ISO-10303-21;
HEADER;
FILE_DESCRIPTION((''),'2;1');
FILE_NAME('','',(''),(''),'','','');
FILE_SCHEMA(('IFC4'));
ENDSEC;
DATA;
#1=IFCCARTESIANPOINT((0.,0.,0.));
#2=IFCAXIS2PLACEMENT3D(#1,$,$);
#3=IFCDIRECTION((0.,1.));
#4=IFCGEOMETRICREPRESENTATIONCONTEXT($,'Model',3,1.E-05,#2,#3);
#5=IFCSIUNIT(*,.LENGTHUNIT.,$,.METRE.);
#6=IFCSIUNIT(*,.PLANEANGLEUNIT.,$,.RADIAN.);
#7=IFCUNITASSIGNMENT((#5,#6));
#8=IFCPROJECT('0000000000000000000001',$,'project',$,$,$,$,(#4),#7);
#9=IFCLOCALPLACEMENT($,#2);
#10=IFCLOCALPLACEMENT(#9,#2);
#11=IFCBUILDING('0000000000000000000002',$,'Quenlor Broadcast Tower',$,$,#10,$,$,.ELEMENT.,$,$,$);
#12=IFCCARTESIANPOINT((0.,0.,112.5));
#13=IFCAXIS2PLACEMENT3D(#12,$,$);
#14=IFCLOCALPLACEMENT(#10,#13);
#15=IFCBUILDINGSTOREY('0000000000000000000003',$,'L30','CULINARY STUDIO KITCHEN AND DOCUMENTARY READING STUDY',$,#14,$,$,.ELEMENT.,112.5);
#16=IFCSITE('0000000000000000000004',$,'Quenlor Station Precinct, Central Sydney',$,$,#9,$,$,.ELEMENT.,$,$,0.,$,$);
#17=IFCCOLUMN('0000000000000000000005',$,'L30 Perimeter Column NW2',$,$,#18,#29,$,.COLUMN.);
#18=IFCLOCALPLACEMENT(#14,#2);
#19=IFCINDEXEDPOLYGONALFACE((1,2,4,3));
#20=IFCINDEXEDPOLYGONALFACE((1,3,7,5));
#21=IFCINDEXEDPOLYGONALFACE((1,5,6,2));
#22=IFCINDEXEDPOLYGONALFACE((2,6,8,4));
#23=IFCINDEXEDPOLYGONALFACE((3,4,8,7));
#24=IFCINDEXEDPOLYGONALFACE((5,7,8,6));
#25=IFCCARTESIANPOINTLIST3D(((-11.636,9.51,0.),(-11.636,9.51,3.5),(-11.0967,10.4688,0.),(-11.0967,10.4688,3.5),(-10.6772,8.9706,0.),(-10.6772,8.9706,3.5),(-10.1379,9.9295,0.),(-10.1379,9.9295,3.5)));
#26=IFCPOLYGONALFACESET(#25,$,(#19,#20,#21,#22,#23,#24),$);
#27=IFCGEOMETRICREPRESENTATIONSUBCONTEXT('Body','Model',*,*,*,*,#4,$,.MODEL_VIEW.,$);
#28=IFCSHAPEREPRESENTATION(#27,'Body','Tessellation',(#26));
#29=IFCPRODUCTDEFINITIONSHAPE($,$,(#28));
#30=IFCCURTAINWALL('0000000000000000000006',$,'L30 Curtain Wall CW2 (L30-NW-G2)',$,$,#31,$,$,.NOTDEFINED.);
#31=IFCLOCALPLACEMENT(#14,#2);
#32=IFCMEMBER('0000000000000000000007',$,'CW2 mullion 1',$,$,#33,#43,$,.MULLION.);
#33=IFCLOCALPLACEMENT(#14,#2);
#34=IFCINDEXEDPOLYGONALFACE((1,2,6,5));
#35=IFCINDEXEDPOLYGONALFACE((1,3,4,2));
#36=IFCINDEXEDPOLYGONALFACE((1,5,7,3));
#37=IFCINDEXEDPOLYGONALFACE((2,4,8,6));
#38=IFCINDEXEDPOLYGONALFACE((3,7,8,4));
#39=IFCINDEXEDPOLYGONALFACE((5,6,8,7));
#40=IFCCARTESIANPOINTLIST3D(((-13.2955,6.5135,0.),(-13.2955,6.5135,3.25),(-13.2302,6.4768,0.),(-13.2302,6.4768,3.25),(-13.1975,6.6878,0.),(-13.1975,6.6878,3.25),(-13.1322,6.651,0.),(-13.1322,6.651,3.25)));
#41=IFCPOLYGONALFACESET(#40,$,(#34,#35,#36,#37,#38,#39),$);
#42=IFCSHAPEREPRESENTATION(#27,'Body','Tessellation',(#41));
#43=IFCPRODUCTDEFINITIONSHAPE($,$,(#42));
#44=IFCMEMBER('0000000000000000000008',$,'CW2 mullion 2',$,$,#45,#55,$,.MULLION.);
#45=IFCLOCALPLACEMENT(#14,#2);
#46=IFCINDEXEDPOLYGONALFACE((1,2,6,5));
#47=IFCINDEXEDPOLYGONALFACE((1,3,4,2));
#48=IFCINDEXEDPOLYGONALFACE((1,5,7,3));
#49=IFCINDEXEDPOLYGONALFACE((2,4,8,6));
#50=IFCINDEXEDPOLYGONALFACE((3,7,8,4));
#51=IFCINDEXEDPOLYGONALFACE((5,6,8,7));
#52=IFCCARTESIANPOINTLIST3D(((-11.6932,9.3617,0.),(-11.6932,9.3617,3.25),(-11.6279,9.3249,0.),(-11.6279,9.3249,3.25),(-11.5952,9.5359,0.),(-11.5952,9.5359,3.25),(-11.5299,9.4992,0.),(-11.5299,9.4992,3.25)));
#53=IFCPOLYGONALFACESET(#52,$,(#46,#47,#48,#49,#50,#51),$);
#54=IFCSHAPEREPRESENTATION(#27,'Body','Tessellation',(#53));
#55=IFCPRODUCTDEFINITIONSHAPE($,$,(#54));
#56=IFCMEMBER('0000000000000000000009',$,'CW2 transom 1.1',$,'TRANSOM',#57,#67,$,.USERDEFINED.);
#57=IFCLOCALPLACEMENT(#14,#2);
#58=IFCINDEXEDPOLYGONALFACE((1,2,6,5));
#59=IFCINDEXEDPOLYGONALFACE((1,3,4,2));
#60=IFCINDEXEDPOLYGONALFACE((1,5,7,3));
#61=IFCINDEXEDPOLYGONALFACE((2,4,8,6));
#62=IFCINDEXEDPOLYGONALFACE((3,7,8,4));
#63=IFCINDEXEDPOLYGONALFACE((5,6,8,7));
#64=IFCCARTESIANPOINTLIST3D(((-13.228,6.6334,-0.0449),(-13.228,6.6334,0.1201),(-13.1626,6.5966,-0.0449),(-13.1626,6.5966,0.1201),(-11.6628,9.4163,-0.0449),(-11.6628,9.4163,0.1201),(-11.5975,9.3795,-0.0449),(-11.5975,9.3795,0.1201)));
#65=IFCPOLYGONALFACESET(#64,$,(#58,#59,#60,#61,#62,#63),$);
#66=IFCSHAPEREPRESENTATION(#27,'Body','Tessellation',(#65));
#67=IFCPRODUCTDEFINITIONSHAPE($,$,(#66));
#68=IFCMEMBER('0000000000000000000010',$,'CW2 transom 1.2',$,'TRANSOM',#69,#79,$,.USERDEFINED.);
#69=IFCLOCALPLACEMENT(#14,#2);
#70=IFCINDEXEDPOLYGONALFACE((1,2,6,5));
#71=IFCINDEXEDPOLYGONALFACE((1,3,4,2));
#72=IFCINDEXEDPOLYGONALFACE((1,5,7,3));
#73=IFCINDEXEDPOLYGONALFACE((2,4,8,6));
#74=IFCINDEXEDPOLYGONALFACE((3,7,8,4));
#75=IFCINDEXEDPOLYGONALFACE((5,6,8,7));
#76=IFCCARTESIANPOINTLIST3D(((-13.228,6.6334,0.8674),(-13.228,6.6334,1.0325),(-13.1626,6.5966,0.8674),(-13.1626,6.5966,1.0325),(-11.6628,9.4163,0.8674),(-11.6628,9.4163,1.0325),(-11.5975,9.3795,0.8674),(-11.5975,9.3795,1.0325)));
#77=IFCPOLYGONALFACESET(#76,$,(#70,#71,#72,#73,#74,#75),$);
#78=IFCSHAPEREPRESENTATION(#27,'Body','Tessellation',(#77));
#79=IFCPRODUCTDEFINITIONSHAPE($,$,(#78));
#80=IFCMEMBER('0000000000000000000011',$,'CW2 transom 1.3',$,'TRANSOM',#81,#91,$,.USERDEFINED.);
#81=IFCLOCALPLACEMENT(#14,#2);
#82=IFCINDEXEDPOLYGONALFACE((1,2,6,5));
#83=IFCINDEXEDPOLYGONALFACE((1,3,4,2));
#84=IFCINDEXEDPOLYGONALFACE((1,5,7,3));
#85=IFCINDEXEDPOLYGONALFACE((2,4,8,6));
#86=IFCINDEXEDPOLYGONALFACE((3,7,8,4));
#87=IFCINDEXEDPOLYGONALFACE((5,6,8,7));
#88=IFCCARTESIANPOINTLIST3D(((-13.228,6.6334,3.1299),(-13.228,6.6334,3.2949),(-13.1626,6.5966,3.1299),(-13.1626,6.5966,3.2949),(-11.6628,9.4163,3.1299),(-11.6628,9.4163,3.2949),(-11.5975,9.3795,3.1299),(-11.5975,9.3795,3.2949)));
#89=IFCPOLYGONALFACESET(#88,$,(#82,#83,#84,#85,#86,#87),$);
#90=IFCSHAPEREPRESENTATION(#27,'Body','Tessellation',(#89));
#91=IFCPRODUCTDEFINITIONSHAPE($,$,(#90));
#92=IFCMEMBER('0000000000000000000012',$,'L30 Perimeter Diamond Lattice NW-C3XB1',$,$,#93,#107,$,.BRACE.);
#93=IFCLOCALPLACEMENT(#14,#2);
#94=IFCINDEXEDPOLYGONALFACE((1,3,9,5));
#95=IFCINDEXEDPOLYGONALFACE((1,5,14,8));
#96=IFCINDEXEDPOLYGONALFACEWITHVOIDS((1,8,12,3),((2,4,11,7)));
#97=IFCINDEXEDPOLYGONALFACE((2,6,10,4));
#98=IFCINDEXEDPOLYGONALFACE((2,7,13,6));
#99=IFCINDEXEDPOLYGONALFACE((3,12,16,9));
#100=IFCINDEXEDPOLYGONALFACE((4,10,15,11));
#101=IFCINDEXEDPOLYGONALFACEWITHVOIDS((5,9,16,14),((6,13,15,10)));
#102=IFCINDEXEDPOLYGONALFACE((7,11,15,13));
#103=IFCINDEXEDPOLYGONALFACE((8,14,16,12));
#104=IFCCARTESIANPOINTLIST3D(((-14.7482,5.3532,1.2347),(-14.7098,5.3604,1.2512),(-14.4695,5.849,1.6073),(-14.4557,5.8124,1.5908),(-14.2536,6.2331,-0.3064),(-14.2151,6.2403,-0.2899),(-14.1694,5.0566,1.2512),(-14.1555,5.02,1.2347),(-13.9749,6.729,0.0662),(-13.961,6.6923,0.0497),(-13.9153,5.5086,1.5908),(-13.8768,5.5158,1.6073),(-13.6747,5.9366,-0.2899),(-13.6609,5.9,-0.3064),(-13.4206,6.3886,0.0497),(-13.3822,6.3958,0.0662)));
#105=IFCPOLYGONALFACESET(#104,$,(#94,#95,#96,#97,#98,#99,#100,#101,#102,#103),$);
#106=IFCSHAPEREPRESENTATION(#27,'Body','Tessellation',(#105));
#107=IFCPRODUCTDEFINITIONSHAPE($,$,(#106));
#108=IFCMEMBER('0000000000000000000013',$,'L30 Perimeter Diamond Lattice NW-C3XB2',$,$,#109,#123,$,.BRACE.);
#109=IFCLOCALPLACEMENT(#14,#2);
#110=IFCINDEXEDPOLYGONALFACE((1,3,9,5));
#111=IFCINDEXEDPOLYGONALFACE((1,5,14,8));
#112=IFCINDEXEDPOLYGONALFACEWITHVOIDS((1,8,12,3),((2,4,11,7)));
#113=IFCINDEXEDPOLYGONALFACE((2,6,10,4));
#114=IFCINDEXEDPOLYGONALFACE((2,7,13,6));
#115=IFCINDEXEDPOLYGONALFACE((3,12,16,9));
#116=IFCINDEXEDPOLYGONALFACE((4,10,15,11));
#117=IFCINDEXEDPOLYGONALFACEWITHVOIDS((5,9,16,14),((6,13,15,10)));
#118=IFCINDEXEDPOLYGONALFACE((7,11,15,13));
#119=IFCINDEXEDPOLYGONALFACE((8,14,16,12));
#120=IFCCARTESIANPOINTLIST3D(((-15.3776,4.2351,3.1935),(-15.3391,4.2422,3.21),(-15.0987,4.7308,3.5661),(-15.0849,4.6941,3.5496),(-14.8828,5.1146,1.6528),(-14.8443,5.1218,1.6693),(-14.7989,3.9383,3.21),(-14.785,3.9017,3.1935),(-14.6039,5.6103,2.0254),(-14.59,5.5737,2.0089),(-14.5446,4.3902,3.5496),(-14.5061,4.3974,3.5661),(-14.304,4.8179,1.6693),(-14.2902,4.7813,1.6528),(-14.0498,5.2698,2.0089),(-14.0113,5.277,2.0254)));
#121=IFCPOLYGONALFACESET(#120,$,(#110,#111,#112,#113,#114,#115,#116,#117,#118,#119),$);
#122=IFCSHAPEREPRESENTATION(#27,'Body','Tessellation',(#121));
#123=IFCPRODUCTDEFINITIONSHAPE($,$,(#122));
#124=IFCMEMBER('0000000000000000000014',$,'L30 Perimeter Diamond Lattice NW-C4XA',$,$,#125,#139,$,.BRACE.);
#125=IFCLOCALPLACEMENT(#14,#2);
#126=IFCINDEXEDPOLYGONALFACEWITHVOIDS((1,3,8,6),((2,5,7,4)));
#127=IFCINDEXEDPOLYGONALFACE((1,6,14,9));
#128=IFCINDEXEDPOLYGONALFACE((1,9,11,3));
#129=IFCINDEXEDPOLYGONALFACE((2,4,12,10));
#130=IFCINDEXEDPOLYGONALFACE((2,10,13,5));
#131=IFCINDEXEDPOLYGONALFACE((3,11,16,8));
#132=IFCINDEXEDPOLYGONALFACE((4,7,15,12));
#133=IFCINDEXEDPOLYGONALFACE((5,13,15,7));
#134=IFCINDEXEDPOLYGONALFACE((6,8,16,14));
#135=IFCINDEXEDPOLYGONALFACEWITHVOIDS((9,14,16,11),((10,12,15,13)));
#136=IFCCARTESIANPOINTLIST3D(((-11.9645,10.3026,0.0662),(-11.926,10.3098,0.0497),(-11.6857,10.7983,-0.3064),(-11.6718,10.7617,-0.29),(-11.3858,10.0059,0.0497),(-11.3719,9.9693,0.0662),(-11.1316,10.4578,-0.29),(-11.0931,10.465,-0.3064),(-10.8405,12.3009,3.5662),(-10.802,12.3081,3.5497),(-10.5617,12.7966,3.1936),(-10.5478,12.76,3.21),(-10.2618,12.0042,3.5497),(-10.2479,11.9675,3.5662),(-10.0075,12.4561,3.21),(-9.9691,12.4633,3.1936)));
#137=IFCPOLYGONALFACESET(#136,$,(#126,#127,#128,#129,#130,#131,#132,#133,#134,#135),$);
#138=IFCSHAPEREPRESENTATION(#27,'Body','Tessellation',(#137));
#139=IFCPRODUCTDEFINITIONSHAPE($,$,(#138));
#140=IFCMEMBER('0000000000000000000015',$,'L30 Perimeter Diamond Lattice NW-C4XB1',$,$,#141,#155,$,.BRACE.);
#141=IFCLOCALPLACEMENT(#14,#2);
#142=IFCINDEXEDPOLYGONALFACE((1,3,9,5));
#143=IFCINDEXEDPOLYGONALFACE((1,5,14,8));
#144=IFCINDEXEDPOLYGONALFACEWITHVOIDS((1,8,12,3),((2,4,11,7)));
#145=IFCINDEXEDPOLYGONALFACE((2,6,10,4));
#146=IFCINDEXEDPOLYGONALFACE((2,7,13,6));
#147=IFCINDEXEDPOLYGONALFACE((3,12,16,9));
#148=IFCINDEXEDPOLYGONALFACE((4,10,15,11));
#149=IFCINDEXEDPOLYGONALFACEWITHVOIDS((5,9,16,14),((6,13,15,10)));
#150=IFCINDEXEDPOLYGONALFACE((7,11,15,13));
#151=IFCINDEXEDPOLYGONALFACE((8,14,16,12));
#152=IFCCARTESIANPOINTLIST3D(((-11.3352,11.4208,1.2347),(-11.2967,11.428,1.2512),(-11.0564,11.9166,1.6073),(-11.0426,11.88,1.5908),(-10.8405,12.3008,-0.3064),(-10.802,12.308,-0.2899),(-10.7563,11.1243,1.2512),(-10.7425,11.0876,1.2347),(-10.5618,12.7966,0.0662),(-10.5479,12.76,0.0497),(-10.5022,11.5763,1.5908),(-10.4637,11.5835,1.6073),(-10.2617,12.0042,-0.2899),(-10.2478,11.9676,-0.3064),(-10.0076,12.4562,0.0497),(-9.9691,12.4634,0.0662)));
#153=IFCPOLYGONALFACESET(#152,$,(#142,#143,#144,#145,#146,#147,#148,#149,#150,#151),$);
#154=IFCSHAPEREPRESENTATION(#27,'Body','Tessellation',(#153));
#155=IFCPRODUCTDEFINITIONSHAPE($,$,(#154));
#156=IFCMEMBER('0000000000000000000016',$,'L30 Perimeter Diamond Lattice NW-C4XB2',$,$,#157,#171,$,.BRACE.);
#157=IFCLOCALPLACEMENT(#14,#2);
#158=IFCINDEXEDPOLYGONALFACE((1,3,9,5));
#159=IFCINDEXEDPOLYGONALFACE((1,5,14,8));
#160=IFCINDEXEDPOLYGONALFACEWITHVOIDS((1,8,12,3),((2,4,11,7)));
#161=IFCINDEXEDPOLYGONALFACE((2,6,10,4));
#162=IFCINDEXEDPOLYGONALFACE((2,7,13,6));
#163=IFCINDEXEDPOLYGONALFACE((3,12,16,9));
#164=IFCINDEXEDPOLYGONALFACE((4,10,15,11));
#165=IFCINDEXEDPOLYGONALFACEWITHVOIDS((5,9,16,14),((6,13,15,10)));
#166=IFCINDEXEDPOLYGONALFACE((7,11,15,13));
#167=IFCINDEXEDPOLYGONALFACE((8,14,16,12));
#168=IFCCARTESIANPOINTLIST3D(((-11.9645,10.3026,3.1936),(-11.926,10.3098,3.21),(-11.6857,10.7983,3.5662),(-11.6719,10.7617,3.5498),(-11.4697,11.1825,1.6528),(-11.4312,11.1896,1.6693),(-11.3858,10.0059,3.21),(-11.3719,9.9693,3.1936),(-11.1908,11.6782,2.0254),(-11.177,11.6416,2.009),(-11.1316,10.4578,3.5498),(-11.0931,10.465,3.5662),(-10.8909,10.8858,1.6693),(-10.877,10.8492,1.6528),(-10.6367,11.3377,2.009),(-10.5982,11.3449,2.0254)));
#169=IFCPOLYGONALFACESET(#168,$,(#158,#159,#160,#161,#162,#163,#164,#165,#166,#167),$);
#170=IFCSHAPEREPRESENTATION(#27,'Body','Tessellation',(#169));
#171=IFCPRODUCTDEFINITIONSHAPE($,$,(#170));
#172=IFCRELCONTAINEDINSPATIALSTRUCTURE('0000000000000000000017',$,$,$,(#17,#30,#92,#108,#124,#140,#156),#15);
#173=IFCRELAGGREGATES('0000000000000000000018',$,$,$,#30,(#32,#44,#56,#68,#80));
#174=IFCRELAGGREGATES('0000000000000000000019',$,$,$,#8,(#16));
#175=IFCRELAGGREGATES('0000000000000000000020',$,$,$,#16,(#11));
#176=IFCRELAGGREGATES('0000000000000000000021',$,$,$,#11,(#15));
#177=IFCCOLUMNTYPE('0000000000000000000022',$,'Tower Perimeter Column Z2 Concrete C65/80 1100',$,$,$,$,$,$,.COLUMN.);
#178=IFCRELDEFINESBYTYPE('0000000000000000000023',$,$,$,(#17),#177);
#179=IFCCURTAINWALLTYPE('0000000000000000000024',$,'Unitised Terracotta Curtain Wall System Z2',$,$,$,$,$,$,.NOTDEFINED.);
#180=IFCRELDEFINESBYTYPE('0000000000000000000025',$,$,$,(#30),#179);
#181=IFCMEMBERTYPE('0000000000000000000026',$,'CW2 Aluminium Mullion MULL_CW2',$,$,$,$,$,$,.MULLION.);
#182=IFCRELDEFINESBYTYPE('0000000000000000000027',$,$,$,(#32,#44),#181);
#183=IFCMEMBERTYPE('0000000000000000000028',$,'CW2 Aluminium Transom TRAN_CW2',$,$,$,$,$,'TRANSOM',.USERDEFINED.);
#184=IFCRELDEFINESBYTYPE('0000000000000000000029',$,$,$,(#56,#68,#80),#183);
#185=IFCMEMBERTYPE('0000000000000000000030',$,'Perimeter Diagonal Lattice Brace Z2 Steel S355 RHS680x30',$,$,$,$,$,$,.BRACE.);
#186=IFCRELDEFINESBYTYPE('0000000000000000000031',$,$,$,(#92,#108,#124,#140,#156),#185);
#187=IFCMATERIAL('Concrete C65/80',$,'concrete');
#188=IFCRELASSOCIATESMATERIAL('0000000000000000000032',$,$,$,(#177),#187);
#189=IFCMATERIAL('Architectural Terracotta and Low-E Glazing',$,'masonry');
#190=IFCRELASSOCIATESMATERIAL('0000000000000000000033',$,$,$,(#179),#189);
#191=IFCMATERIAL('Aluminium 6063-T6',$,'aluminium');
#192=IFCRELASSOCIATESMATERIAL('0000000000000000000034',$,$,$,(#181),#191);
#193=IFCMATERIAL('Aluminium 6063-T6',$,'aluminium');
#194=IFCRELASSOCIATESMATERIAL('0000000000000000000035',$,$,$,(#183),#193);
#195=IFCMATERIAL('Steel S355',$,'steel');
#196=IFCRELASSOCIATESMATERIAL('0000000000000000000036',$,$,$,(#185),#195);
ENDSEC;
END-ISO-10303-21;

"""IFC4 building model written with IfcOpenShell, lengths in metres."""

from ifc_helpers import new_model, si_unit, direction, frame, origin, origin_2d, place, context, subcontext, project, spatial, rectangle, hollow_rectangle, extrude, material, material_profile, profile_set, type_object, element, aggregate, save


model = new_model("IFC4")

# Units and contexts
model_context = context("Model", 3, precision=1e-05, world=origin(), true_north=direction((0.0, 1.0)))
body_context = subcontext(model_context, "Body", "Model", "MODEL_VIEW")
ifc_project = project(units=[si_unit("LENGTHUNIT", "METRE"), si_unit("PLANEANGLEUNIT", "RADIAN")], contexts=[model_context])

# Site, building, storey
site_placement = place(None, origin())
site = spatial("IfcSite", under=ifc_project, at=site_placement, Name="Quenlor Station Precinct, Central Sydney", CompositionType="ELEMENT", RefElevation=0.0)
building_placement = place(site_placement, origin())
building = spatial("IfcBuilding", under=site, at=building_placement, Name="Quenlor Broadcast Tower", CompositionType="ELEMENT")
storey_placement = place(building_placement, frame((0.0, 0.0, 112.5)))
storey = spatial("IfcBuildingStorey", under=building, at=storey_placement, Name="L30", Description="CULINARY STUDIO KITCHEN AND DOCUMENTARY READING STUDY", CompositionType="ELEMENT", Elevation=112.5)

# Column
ifc_material_1 = material(Name="Concrete C65/80", Category="concrete")
ifc_material_profile_1 = material_profile(ifc_material_1, rectangle(XDim=1.1001, YDim=1.1001, at=origin_2d()))
ifc_profile_set_1 = profile_set([ifc_material_profile_1], Name="Concrete C65/80 RC1100x1100")
column_type = type_object("IfcColumnType", Name="Tower Perimeter Column Z2 Concrete C65/80 1100", PredefinedType="COLUMN", material=ifc_profile_set_1)
column_placement = place(storey_placement, frame((-10.887, 9.7197, 0.0), z_axis=(0.0, 0.0, 1.0), x_axis=(-0.871575, 0.490262, 0.0)))
element("IfcColumn", 1, at=column_placement, inside=storey, type_object=column_type, Name="L30 Perimeter Column NW2", PredefinedType="COLUMN", context=body_context, shape_type="SweptSolid", body=[
    extrude(rectangle(XDim=1.1001, YDim=1.1001, at=origin_2d()), origin(), (0.0, 0.0, 1.0), 3.5),
])

# Curtain wall, members
ifc_material_2 = material(Name="Architectural Terracotta and Low-E Glazing", Category="masonry")
curtain_wall_type = type_object("IfcCurtainWallType", Name="Unitised Terracotta Curtain Wall System Z2", PredefinedType="NOTDEFINED", material=ifc_material_2)
curtain_wall_placement = place(storey_placement, origin())
curtain_wall = element("IfcCurtainWall", 2, at=curtain_wall_placement, inside=storey, type_object=curtain_wall_type, Name="L30 Curtain Wall CW2 (L30-NW-G2)", PredefinedType="NOTDEFINED")
ifc_material_3 = material(Name="Aluminium 6063-T6", Category="aluminium")
ifc_material_profile_2 = material_profile(ifc_material_3, rectangle(XDim=0.075, YDim=0.2, at=origin_2d()))
ifc_profile_set_2 = profile_set([ifc_material_profile_2], Name="Aluminium 6063-T6 MULL75x200")
member_type_1 = type_object("IfcMemberType", Name="CW2 Aluminium Mullion MULL_CW2", PredefinedType="MULLION", material=ifc_profile_set_2)
member_1_placement = place(storey_placement, frame((-13.2139, 6.5823, 0.0), z_axis=(0.0, 0.0, 1.0), x_axis=(-0.871576, 0.490261, 0.0)))
member_1 = element("IfcMember", 3, at=member_1_placement, type_object=member_type_1, Name="CW2 mullion 1", PredefinedType="MULLION", context=body_context, shape_type="SweptSolid", body=[
    extrude(rectangle(XDim=0.075, YDim=0.2, at=origin_2d()), origin(), (0.0, 0.0, 1.0), 3.25),
])
member_2_placement = place(storey_placement, frame((-11.6116, 9.4304, 0.0), z_axis=(0.0, 0.0, 1.0), x_axis=(-0.871576, 0.490261, 0.0)))
member_2 = element("IfcMember", 4, at=member_2_placement, type_object=member_type_1, Name="CW2 mullion 2", PredefinedType="MULLION", context=body_context, shape_type="SweptSolid", body=[
    extrude(rectangle(XDim=0.075, YDim=0.2, at=origin_2d()), origin(), (0.0, 0.0, 1.0), 3.25),
])
ifc_material_4 = material(Name="Aluminium 6063-T6", Category="aluminium")
ifc_material_profile_3 = material_profile(ifc_material_4, rectangle(XDim=0.075, YDim=0.165, at=origin_2d()))
ifc_profile_set_3 = profile_set([ifc_material_profile_3], Name="Aluminium 6063-T6 TRAN75x165")
member_type_2 = type_object("IfcMemberType", Name="CW2 Aluminium Transom TRAN_CW2", ElementType="TRANSOM", PredefinedType="USERDEFINED", material=ifc_profile_set_3)
member_3_placement = place(storey_placement, frame((-13.1953, 6.615, 0.0376), z_axis=(0.490207, 0.871606, 0.0), x_axis=(-0.871606, 0.490207, 0.0)))
member_3 = element("IfcMember", 5, at=member_3_placement, type_object=member_type_2, Name="CW2 transom 1.1", ObjectType="TRANSOM", PredefinedType="USERDEFINED", context=body_context, shape_type="SweptSolid", body=[
    extrude(rectangle(XDim=0.075, YDim=0.165, at=origin_2d()), origin(), (0.0, 0.0, 1.0), 3.1929),
])
member_4_placement = place(storey_placement, frame((-13.1953, 6.615, 0.95), z_axis=(0.490207, 0.871606, 0.0), x_axis=(-0.871606, 0.490207, 0.0)))
member_4 = element("IfcMember", 6, at=member_4_placement, type_object=member_type_2, Name="CW2 transom 1.2", ObjectType="TRANSOM", PredefinedType="USERDEFINED", context=body_context, shape_type="SweptSolid", body=[
    extrude(rectangle(XDim=0.075, YDim=0.165, at=origin_2d()), origin(), (0.0, 0.0, 1.0), 3.1929),
])
member_5_placement = place(storey_placement, frame((-13.1953, 6.615, 3.2124), z_axis=(0.490207, 0.871606, 0.0), x_axis=(-0.871606, 0.490207, 0.0)))
member_5 = element("IfcMember", 7, at=member_5_placement, type_object=member_type_2, Name="CW2 transom 1.3", ObjectType="TRANSOM", PredefinedType="USERDEFINED", context=body_context, shape_type="SweptSolid", body=[
    extrude(rectangle(XDim=0.075, YDim=0.165, at=origin_2d()), origin(), (0.0, 0.0, 1.0), 3.1929),
])

# Members
ifc_material_5 = material(Name="Steel S355", Category="steel")
ifc_material_profile_4 = material_profile(ifc_material_5, hollow_rectangle(XDim=0.6799, YDim=0.6799, WallThickness=0.03, at=origin_2d()))
ifc_profile_set_4 = profile_set([ifc_material_profile_4], Name="Steel S355 RHS680x680x30")
member_type_3 = type_object("IfcMemberType", Name="Perimeter Diagonal Lattice Brace Z2 Steel S355 RHS680x30", PredefinedType="BRACE", material=ifc_profile_set_4)
member_6_placement = place(storey_placement, frame((-13.8179, 6.3145, -0.1201), z_axis=(-0.268504, -0.477635, 0.836523), x_axis=(0.871705, -0.490032, 0.0)))
element("IfcMember", 8, at=member_6_placement, inside=storey, type_object=member_type_3, Name="L30 Perimeter Diamond Lattice NW-C3XB1", PredefinedType="BRACE", context=body_context, shape_type="SweptSolid", body=[
    extrude(hollow_rectangle(XDim=0.6799, YDim=0.6799, WallThickness=0.03, at=origin_2d()), origin(), (0.0, 0.0, 1.0), 1.8423),
])
member_7_placement = place(storey_placement, frame((-14.447, 5.1958, 1.8391), z_axis=(-0.268674, -0.477568, 0.836507), x_axis=(0.871543, -0.490319, 0.0)))
element("IfcMember", 9, at=member_7_placement, inside=storey, type_object=member_type_3, Name="L30 Perimeter Diamond Lattice NW-C3XB2", PredefinedType="BRACE", context=body_context, shape_type="SweptSolid", body=[
    extrude(hollow_rectangle(XDim=0.6799, YDim=0.6799, WallThickness=0.03, at=origin_2d()), origin(), (0.0, 0.0, 1.0), 1.8418),
])
member_8_placement = place(storey_placement, frame((-11.5288, 10.3838, -0.1201), z_axis=(0.268642, 0.477593, 0.836502), x_axis=(-0.871578, 0.490256, 0.0)))
element("IfcMember", 10, at=member_8_placement, inside=storey, type_object=member_type_3, Name="L30 Perimeter Diamond Lattice NW-C4XA", PredefinedType="BRACE", context=body_context, shape_type="SweptSolid", body=[
    extrude(hollow_rectangle(XDim=0.6799, YDim=0.6799, WallThickness=0.03, at=origin_2d()), origin(), (0.0, 0.0, 1.0), 4.1841),
])
member_9_placement = place(storey_placement, frame((-10.4048, 12.3821, -0.1201), z_axis=(-0.268504, -0.477635, 0.836523), x_axis=(0.871705, -0.490032, 0.0)))
element("IfcMember", 11, at=member_9_placement, inside=storey, type_object=member_type_3, Name="L30 Perimeter Diamond Lattice NW-C4XB1", PredefinedType="BRACE", context=body_context, shape_type="SweptSolid", body=[
    extrude(hollow_rectangle(XDim=0.6799, YDim=0.6799, WallThickness=0.03, at=origin_2d()), origin(), (0.0, 0.0, 1.0), 1.8423),
])
member_10_placement = place(storey_placement, frame((-11.0339, 11.2637, 1.8391), z_axis=(-0.268657, -0.477671, 0.836454), x_axis=(0.871601, -0.490215, 0.0)))
element("IfcMember", 12, at=member_10_placement, inside=storey, type_object=member_type_3, Name="L30 Perimeter Diamond Lattice NW-C4XB2", PredefinedType="BRACE", context=body_context, shape_type="SweptSolid", body=[
    extrude(hollow_rectangle(XDim=0.6799, YDim=0.6799, WallThickness=0.03, at=origin_2d()), origin(), (0.0, 0.0, 1.0), 1.842),
])

aggregate(curtain_wall, [member_1, member_2, member_3, member_4, member_5])

save(model, "model.ifc")
